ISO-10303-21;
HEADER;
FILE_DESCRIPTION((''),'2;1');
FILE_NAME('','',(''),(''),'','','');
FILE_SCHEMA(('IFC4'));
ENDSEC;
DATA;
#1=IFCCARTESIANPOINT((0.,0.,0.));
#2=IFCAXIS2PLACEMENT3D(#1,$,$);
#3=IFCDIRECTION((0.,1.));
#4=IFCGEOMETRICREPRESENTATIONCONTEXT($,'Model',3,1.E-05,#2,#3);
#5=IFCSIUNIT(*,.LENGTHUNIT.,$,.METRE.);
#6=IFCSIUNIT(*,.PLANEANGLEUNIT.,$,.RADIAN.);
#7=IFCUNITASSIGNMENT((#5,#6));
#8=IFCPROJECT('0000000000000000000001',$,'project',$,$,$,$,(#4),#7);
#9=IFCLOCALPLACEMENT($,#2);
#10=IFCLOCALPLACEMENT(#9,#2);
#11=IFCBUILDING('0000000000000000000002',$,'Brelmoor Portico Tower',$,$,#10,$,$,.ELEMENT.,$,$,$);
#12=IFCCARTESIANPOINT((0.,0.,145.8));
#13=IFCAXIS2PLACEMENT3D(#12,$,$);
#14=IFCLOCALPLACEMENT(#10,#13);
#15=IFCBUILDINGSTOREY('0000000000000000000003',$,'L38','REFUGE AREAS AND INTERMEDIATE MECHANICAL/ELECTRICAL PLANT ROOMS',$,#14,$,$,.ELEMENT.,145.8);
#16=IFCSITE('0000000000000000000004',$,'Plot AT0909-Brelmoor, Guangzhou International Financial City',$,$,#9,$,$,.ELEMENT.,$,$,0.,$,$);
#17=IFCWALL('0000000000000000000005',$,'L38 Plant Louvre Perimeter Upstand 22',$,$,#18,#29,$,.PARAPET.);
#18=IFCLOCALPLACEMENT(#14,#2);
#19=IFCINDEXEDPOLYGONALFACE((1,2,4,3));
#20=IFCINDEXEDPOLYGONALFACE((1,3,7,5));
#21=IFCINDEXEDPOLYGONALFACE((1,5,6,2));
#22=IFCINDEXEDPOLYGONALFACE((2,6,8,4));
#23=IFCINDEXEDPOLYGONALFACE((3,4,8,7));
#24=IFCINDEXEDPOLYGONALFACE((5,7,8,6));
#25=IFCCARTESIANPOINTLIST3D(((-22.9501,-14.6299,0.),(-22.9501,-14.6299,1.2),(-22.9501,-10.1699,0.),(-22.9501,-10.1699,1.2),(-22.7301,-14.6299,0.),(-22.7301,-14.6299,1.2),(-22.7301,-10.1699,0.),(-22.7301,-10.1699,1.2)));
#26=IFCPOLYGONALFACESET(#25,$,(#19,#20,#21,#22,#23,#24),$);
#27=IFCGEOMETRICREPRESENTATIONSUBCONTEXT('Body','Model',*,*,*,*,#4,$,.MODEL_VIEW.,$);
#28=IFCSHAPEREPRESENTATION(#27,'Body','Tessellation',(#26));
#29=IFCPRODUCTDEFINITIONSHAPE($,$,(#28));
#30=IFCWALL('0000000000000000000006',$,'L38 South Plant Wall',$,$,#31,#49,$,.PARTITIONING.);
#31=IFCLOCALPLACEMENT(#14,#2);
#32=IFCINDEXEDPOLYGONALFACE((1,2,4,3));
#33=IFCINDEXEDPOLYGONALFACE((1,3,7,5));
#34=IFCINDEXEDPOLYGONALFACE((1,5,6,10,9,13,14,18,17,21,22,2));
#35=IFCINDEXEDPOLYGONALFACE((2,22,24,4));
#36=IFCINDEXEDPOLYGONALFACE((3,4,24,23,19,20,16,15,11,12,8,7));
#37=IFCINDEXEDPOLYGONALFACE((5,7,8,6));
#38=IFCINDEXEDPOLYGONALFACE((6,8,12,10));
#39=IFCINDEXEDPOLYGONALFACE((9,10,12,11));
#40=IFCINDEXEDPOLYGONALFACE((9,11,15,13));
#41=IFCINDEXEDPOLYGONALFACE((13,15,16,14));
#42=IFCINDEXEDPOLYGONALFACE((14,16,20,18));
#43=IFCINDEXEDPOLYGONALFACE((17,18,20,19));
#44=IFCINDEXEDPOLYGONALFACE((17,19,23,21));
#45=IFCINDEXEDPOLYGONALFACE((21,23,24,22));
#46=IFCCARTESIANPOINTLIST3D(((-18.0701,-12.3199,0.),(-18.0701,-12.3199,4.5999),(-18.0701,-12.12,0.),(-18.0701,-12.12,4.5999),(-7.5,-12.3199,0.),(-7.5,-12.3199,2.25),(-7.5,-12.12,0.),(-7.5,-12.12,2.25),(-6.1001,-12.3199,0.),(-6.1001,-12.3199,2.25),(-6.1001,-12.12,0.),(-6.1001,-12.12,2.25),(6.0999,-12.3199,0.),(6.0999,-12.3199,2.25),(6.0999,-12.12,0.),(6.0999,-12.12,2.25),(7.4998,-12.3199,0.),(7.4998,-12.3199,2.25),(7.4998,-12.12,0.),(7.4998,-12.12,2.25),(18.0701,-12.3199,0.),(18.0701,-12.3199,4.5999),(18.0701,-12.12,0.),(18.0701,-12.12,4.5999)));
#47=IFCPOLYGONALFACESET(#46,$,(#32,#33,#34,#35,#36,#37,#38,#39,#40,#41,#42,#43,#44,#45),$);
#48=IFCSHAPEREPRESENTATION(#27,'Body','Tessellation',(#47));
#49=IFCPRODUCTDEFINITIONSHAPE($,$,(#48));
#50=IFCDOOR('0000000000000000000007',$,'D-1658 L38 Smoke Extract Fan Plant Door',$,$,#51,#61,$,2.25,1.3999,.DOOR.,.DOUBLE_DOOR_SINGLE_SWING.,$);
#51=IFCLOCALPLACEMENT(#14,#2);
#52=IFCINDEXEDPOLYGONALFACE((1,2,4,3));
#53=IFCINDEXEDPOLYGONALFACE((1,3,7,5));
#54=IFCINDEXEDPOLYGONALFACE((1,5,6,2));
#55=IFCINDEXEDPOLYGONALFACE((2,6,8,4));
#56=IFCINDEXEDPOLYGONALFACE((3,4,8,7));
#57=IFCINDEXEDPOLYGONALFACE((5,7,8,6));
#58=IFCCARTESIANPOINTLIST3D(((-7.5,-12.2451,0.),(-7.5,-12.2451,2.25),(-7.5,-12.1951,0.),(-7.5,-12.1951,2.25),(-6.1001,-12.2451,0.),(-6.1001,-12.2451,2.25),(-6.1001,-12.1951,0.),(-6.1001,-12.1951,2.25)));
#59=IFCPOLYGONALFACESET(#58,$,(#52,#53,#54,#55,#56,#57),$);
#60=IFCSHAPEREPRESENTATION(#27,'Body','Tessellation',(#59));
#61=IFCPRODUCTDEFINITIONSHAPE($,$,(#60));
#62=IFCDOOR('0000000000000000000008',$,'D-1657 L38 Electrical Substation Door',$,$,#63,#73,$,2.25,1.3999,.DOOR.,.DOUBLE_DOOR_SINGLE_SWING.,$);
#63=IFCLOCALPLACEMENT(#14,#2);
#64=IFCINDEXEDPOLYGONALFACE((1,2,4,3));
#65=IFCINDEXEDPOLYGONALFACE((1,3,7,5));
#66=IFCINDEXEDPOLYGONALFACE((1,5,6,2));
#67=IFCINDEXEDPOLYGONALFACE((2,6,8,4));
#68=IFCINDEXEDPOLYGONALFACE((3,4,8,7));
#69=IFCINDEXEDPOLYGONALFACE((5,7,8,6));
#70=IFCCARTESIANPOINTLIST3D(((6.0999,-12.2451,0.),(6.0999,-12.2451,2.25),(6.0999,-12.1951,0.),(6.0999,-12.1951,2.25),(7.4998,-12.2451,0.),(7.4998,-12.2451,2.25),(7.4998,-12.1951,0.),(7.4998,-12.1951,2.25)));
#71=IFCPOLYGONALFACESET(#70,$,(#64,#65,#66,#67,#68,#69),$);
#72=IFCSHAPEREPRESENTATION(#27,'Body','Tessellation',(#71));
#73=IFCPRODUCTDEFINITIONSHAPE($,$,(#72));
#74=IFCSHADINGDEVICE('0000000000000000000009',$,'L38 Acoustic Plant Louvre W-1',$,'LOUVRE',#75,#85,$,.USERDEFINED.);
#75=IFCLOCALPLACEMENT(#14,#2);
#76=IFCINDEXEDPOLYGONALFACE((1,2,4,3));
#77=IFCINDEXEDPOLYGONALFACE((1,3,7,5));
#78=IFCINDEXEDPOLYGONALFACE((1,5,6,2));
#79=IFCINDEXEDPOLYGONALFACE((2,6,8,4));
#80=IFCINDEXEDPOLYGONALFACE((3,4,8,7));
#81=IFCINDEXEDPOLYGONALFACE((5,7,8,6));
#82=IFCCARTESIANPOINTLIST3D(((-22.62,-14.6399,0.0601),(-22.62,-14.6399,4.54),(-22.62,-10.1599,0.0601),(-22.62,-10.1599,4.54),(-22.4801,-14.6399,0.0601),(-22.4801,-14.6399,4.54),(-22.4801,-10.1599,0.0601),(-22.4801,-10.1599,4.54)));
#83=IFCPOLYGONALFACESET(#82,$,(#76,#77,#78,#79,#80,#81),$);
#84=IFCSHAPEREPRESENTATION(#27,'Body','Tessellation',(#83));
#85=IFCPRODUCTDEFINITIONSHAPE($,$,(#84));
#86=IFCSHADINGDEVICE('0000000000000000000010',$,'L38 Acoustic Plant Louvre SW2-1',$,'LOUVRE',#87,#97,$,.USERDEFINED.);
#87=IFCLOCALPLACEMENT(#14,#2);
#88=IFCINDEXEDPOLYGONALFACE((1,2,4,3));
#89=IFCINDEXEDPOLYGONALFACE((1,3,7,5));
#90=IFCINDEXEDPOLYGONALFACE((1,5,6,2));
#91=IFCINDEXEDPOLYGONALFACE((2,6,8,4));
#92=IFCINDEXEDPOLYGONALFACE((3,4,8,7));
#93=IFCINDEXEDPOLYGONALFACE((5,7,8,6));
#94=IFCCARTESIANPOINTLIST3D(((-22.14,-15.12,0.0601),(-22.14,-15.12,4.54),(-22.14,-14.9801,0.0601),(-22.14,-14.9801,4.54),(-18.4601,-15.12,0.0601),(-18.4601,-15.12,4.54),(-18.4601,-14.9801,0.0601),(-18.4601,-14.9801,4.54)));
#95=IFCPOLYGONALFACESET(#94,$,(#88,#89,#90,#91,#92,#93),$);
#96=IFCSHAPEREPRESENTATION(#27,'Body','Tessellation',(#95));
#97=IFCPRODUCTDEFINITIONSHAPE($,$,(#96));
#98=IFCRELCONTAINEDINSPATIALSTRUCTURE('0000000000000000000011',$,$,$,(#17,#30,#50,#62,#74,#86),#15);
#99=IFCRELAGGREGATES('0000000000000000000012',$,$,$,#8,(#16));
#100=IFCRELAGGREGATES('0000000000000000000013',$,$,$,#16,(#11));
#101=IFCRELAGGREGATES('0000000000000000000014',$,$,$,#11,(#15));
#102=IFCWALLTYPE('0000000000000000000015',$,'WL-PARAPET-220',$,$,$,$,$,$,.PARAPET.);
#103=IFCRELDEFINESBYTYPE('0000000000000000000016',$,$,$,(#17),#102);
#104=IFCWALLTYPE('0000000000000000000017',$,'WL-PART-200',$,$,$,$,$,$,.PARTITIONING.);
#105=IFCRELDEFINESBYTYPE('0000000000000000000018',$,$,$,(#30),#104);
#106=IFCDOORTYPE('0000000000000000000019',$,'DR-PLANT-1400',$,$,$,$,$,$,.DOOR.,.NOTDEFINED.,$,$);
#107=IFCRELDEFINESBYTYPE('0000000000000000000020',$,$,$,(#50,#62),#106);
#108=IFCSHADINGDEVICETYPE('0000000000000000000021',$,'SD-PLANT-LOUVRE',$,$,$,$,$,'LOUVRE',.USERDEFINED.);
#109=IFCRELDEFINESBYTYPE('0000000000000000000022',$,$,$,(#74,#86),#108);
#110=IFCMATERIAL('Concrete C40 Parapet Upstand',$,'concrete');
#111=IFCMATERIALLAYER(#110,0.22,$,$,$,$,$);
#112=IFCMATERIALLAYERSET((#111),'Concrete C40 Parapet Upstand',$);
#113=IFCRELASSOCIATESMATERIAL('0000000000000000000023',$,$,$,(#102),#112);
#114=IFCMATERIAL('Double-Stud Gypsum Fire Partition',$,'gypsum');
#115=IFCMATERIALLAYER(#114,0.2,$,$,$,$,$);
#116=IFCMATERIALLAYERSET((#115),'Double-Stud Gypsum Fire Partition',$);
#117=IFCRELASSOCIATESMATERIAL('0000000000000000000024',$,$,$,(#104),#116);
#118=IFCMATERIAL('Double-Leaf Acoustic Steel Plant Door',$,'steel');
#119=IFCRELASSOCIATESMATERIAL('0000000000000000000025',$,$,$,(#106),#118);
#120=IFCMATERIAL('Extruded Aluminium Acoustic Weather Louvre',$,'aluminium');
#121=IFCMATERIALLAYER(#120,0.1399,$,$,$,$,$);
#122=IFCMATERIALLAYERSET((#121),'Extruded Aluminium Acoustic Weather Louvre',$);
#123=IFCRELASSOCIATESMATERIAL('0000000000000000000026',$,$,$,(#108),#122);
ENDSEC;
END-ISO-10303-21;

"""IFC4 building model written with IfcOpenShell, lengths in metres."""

from ifc_helpers import new_model, si_unit, direction, frame, frame_2d, origin, origin_2d, place, context, subcontext, project, spatial, rectangle, extrude, material, layer, layer_set, type_object, element, fill, save


model = new_model("IFC4")

# Units and contexts
model_context = context("Model", 3, precision=1e-05, world=origin(), true_north=direction((0.0, 1.0)))
body_context = subcontext(model_context, "Body", "Model", "MODEL_VIEW")
ifc_project = project(units=[si_unit("LENGTHUNIT", "METRE"), si_unit("PLANEANGLEUNIT", "RADIAN")], contexts=[model_context])

# Site, building, storey
site_placement = place(None, origin())
site = spatial("IfcSite", under=ifc_project, at=site_placement, Name="Plot AT0909-Brelmoor, Guangzhou International Financial City", CompositionType="ELEMENT", RefElevation=0.0)
building_placement = place(site_placement, origin())
building = spatial("IfcBuilding", under=site, at=building_placement, Name="Brelmoor Portico Tower", CompositionType="ELEMENT")
storey_placement = place(building_placement, frame((0.0, 0.0, 145.8)))
storey = spatial("IfcBuildingStorey", under=building, at=storey_placement, Name="L38", Description="REFUGE AREAS AND INTERMEDIATE MECHANICAL/ELECTRICAL PLANT ROOMS", CompositionType="ELEMENT", Elevation=145.8)

# Wall
ifc_material_1 = material(Name="Concrete C40 Parapet Upstand", Category="concrete")
ifc_layer_1 = layer(ifc_material_1, 0.22)
ifc_layer_set_1 = layer_set([ifc_layer_1], Name="Concrete C40 Parapet Upstand")
wall_type_1 = type_object("IfcWallType", Name="WL-PARAPET-220", PredefinedType="PARAPET", material=ifc_layer_set_1)
wall_1_placement = place(storey_placement, frame((-22.8401, -10.1699, 0.0), z_axis=(0.0, 0.0, 1.0), x_axis=(0.0, -1.0, 0.0)))
element("IfcWall", 1, at=wall_1_placement, inside=storey, type_object=wall_type_1, Name="L38 Plant Louvre Perimeter Upstand 22", PredefinedType="PARAPET", context=body_context, shape_type="SweptSolid", body=[
    extrude(rectangle(XDim=4.46, YDim=0.22, at=frame_2d((2.23, 0.0))), origin(), (0.0, 0.0, 1.0), 1.2),
])

# Wall, openings, doors
ifc_material_2 = material(Name="Double-Stud Gypsum Fire Partition", Category="gypsum")
ifc_layer_2 = layer(ifc_material_2, 0.2)
ifc_layer_set_2 = layer_set([ifc_layer_2], Name="Double-Stud Gypsum Fire Partition")
wall_type_2 = type_object("IfcWallType", Name="WL-PART-200", PredefinedType="PARTITIONING", material=ifc_layer_set_2)
wall_2_placement = place(storey_placement, frame((-18.0701, -12.22, 0.0), z_axis=(0.0, 0.0, 1.0), x_axis=(1.0, 0.0, 0.0)))
wall_2 = element("IfcWall", 2, at=wall_2_placement, inside=storey, type_object=wall_type_2, Name="L38 South Plant Wall", PredefinedType="PARTITIONING", context=body_context, shape_type="SweptSolid", body=[
    extrude(rectangle(XDim=36.1401, YDim=0.2, at=frame_2d((18.0701, 0.0))), origin(), (0.0, 0.0, 1.0), 4.5999),
])
opening_1_placement = place(wall_2_placement, frame((10.5701, 0.0, 0.0)))
opening_1 = element("IfcOpeningElement", 3, at=opening_1_placement, cuts=wall_2, PredefinedType="OPENING", context=body_context, shape_type="SweptSolid", body=[
    extrude(rectangle(XDim=1.3999, YDim=2.25, at=frame_2d((0.7, 1.125))), frame((0.0, 0.1099, 0.0), z_axis=(0.0, -1.0, 0.0), x_axis=(1.0, 0.0, 0.0)), (0.0, 0.0, 1.0), 0.22),
])
opening_2_placement = place(wall_2_placement, frame((24.1699, 0.0, 0.0)))
opening_2 = element("IfcOpeningElement", 4, at=opening_2_placement, cuts=wall_2, PredefinedType="OPENING", context=body_context, shape_type="SweptSolid", body=[
    extrude(rectangle(XDim=1.3999, YDim=2.25, at=frame_2d((0.7, 1.125))), frame((0.0, 0.1099, 0.0), z_axis=(0.0, -1.0, 0.0), x_axis=(1.0, 0.0, 0.0)), (0.0, 0.0, 1.0), 0.22),
])
ifc_material_3 = material(Name="Double-Leaf Acoustic Steel Plant Door", Category="steel")
door_type = type_object("IfcDoorType", Name="DR-PLANT-1400", OperationType="NOTDEFINED", PredefinedType="DOOR", material=ifc_material_3)
door_1_placement = place(opening_1_placement, origin())
door_1 = element("IfcDoor", 5, at=door_1_placement, inside=storey, type_object=door_type, Name="D-1658 L38 Smoke Extract Fan Plant Door", OperationType="DOUBLE_DOOR_SINGLE_SWING", OverallHeight=2.25, OverallWidth=1.3999, PredefinedType="DOOR", context=body_context, shape_type="SweptSolid", body=[
    extrude(rectangle(XDim=1.3999, YDim=2.25, at=frame_2d((0.7, 1.125))), frame((0.0, 0.0249, 0.0), z_axis=(0.0, -1.0, 0.0), x_axis=(1.0, 0.0, 0.0)), (0.0, 0.0, 1.0), 0.05),
])
fill(opening_1, door_1)
door_2_placement = place(opening_2_placement, origin())
door_2 = element("IfcDoor", 6, at=door_2_placement, inside=storey, type_object=door_type, Name="D-1657 L38 Electrical Substation Door", OperationType="DOUBLE_DOOR_SINGLE_SWING", OverallHeight=2.25, OverallWidth=1.3999, PredefinedType="DOOR", context=body_context, shape_type="SweptSolid", body=[
    extrude(rectangle(XDim=1.3999, YDim=2.25, at=frame_2d((0.7, 1.125))), frame((0.0, 0.0249, 0.0), z_axis=(0.0, -1.0, 0.0), x_axis=(1.0, 0.0, 0.0)), (0.0, 0.0, 1.0), 0.05),
])
fill(opening_2, door_2)

# Shading devices
ifc_material_4 = material(Name="Extruded Aluminium Acoustic Weather Louvre", Category="aluminium")
ifc_layer_3 = layer(ifc_material_4, 0.1399)
ifc_layer_set_3 = layer_set([ifc_layer_3], Name="Extruded Aluminium Acoustic Weather Louvre")
shading_device_type = type_object("IfcShadingDeviceType", Name="SD-PLANT-LOUVRE", ElementType="LOUVRE", PredefinedType="USERDEFINED", material=ifc_layer_set_3)
shading_device_1_placement = place(storey_placement, frame((-22.55, -12.3999, 0.0601), z_axis=(0.0, 0.0, 1.0), x_axis=(0.0, 1.0, 0.0)))
element("IfcShadingDevice", 7, at=shading_device_1_placement, inside=storey, type_object=shading_device_type, Name="L38 Acoustic Plant Louvre W-1", ObjectType="LOUVRE", PredefinedType="USERDEFINED", context=body_context, shape_type="SweptSolid", body=[
    extrude(rectangle(XDim=4.48, YDim=0.1399, at=origin_2d()), origin(), (0.0, 0.0, 1.0), 4.48),
])
shading_device_2_placement = place(storey_placement, frame((-20.3, -15.05, 0.0601), z_axis=(0.0, 0.0, 1.0), x_axis=(1.0, 0.0, 0.0)))
element("IfcShadingDevice", 8, at=shading_device_2_placement, inside=storey, type_object=shading_device_type, Name="L38 Acoustic Plant Louvre SW2-1", ObjectType="LOUVRE", PredefinedType="USERDEFINED", context=body_context, shape_type="SweptSolid", body=[
    extrude(rectangle(XDim=3.6799, YDim=0.1399, at=origin_2d()), origin(), (0.0, 0.0, 1.0), 4.48),
])

save(model, "model.ifc")
